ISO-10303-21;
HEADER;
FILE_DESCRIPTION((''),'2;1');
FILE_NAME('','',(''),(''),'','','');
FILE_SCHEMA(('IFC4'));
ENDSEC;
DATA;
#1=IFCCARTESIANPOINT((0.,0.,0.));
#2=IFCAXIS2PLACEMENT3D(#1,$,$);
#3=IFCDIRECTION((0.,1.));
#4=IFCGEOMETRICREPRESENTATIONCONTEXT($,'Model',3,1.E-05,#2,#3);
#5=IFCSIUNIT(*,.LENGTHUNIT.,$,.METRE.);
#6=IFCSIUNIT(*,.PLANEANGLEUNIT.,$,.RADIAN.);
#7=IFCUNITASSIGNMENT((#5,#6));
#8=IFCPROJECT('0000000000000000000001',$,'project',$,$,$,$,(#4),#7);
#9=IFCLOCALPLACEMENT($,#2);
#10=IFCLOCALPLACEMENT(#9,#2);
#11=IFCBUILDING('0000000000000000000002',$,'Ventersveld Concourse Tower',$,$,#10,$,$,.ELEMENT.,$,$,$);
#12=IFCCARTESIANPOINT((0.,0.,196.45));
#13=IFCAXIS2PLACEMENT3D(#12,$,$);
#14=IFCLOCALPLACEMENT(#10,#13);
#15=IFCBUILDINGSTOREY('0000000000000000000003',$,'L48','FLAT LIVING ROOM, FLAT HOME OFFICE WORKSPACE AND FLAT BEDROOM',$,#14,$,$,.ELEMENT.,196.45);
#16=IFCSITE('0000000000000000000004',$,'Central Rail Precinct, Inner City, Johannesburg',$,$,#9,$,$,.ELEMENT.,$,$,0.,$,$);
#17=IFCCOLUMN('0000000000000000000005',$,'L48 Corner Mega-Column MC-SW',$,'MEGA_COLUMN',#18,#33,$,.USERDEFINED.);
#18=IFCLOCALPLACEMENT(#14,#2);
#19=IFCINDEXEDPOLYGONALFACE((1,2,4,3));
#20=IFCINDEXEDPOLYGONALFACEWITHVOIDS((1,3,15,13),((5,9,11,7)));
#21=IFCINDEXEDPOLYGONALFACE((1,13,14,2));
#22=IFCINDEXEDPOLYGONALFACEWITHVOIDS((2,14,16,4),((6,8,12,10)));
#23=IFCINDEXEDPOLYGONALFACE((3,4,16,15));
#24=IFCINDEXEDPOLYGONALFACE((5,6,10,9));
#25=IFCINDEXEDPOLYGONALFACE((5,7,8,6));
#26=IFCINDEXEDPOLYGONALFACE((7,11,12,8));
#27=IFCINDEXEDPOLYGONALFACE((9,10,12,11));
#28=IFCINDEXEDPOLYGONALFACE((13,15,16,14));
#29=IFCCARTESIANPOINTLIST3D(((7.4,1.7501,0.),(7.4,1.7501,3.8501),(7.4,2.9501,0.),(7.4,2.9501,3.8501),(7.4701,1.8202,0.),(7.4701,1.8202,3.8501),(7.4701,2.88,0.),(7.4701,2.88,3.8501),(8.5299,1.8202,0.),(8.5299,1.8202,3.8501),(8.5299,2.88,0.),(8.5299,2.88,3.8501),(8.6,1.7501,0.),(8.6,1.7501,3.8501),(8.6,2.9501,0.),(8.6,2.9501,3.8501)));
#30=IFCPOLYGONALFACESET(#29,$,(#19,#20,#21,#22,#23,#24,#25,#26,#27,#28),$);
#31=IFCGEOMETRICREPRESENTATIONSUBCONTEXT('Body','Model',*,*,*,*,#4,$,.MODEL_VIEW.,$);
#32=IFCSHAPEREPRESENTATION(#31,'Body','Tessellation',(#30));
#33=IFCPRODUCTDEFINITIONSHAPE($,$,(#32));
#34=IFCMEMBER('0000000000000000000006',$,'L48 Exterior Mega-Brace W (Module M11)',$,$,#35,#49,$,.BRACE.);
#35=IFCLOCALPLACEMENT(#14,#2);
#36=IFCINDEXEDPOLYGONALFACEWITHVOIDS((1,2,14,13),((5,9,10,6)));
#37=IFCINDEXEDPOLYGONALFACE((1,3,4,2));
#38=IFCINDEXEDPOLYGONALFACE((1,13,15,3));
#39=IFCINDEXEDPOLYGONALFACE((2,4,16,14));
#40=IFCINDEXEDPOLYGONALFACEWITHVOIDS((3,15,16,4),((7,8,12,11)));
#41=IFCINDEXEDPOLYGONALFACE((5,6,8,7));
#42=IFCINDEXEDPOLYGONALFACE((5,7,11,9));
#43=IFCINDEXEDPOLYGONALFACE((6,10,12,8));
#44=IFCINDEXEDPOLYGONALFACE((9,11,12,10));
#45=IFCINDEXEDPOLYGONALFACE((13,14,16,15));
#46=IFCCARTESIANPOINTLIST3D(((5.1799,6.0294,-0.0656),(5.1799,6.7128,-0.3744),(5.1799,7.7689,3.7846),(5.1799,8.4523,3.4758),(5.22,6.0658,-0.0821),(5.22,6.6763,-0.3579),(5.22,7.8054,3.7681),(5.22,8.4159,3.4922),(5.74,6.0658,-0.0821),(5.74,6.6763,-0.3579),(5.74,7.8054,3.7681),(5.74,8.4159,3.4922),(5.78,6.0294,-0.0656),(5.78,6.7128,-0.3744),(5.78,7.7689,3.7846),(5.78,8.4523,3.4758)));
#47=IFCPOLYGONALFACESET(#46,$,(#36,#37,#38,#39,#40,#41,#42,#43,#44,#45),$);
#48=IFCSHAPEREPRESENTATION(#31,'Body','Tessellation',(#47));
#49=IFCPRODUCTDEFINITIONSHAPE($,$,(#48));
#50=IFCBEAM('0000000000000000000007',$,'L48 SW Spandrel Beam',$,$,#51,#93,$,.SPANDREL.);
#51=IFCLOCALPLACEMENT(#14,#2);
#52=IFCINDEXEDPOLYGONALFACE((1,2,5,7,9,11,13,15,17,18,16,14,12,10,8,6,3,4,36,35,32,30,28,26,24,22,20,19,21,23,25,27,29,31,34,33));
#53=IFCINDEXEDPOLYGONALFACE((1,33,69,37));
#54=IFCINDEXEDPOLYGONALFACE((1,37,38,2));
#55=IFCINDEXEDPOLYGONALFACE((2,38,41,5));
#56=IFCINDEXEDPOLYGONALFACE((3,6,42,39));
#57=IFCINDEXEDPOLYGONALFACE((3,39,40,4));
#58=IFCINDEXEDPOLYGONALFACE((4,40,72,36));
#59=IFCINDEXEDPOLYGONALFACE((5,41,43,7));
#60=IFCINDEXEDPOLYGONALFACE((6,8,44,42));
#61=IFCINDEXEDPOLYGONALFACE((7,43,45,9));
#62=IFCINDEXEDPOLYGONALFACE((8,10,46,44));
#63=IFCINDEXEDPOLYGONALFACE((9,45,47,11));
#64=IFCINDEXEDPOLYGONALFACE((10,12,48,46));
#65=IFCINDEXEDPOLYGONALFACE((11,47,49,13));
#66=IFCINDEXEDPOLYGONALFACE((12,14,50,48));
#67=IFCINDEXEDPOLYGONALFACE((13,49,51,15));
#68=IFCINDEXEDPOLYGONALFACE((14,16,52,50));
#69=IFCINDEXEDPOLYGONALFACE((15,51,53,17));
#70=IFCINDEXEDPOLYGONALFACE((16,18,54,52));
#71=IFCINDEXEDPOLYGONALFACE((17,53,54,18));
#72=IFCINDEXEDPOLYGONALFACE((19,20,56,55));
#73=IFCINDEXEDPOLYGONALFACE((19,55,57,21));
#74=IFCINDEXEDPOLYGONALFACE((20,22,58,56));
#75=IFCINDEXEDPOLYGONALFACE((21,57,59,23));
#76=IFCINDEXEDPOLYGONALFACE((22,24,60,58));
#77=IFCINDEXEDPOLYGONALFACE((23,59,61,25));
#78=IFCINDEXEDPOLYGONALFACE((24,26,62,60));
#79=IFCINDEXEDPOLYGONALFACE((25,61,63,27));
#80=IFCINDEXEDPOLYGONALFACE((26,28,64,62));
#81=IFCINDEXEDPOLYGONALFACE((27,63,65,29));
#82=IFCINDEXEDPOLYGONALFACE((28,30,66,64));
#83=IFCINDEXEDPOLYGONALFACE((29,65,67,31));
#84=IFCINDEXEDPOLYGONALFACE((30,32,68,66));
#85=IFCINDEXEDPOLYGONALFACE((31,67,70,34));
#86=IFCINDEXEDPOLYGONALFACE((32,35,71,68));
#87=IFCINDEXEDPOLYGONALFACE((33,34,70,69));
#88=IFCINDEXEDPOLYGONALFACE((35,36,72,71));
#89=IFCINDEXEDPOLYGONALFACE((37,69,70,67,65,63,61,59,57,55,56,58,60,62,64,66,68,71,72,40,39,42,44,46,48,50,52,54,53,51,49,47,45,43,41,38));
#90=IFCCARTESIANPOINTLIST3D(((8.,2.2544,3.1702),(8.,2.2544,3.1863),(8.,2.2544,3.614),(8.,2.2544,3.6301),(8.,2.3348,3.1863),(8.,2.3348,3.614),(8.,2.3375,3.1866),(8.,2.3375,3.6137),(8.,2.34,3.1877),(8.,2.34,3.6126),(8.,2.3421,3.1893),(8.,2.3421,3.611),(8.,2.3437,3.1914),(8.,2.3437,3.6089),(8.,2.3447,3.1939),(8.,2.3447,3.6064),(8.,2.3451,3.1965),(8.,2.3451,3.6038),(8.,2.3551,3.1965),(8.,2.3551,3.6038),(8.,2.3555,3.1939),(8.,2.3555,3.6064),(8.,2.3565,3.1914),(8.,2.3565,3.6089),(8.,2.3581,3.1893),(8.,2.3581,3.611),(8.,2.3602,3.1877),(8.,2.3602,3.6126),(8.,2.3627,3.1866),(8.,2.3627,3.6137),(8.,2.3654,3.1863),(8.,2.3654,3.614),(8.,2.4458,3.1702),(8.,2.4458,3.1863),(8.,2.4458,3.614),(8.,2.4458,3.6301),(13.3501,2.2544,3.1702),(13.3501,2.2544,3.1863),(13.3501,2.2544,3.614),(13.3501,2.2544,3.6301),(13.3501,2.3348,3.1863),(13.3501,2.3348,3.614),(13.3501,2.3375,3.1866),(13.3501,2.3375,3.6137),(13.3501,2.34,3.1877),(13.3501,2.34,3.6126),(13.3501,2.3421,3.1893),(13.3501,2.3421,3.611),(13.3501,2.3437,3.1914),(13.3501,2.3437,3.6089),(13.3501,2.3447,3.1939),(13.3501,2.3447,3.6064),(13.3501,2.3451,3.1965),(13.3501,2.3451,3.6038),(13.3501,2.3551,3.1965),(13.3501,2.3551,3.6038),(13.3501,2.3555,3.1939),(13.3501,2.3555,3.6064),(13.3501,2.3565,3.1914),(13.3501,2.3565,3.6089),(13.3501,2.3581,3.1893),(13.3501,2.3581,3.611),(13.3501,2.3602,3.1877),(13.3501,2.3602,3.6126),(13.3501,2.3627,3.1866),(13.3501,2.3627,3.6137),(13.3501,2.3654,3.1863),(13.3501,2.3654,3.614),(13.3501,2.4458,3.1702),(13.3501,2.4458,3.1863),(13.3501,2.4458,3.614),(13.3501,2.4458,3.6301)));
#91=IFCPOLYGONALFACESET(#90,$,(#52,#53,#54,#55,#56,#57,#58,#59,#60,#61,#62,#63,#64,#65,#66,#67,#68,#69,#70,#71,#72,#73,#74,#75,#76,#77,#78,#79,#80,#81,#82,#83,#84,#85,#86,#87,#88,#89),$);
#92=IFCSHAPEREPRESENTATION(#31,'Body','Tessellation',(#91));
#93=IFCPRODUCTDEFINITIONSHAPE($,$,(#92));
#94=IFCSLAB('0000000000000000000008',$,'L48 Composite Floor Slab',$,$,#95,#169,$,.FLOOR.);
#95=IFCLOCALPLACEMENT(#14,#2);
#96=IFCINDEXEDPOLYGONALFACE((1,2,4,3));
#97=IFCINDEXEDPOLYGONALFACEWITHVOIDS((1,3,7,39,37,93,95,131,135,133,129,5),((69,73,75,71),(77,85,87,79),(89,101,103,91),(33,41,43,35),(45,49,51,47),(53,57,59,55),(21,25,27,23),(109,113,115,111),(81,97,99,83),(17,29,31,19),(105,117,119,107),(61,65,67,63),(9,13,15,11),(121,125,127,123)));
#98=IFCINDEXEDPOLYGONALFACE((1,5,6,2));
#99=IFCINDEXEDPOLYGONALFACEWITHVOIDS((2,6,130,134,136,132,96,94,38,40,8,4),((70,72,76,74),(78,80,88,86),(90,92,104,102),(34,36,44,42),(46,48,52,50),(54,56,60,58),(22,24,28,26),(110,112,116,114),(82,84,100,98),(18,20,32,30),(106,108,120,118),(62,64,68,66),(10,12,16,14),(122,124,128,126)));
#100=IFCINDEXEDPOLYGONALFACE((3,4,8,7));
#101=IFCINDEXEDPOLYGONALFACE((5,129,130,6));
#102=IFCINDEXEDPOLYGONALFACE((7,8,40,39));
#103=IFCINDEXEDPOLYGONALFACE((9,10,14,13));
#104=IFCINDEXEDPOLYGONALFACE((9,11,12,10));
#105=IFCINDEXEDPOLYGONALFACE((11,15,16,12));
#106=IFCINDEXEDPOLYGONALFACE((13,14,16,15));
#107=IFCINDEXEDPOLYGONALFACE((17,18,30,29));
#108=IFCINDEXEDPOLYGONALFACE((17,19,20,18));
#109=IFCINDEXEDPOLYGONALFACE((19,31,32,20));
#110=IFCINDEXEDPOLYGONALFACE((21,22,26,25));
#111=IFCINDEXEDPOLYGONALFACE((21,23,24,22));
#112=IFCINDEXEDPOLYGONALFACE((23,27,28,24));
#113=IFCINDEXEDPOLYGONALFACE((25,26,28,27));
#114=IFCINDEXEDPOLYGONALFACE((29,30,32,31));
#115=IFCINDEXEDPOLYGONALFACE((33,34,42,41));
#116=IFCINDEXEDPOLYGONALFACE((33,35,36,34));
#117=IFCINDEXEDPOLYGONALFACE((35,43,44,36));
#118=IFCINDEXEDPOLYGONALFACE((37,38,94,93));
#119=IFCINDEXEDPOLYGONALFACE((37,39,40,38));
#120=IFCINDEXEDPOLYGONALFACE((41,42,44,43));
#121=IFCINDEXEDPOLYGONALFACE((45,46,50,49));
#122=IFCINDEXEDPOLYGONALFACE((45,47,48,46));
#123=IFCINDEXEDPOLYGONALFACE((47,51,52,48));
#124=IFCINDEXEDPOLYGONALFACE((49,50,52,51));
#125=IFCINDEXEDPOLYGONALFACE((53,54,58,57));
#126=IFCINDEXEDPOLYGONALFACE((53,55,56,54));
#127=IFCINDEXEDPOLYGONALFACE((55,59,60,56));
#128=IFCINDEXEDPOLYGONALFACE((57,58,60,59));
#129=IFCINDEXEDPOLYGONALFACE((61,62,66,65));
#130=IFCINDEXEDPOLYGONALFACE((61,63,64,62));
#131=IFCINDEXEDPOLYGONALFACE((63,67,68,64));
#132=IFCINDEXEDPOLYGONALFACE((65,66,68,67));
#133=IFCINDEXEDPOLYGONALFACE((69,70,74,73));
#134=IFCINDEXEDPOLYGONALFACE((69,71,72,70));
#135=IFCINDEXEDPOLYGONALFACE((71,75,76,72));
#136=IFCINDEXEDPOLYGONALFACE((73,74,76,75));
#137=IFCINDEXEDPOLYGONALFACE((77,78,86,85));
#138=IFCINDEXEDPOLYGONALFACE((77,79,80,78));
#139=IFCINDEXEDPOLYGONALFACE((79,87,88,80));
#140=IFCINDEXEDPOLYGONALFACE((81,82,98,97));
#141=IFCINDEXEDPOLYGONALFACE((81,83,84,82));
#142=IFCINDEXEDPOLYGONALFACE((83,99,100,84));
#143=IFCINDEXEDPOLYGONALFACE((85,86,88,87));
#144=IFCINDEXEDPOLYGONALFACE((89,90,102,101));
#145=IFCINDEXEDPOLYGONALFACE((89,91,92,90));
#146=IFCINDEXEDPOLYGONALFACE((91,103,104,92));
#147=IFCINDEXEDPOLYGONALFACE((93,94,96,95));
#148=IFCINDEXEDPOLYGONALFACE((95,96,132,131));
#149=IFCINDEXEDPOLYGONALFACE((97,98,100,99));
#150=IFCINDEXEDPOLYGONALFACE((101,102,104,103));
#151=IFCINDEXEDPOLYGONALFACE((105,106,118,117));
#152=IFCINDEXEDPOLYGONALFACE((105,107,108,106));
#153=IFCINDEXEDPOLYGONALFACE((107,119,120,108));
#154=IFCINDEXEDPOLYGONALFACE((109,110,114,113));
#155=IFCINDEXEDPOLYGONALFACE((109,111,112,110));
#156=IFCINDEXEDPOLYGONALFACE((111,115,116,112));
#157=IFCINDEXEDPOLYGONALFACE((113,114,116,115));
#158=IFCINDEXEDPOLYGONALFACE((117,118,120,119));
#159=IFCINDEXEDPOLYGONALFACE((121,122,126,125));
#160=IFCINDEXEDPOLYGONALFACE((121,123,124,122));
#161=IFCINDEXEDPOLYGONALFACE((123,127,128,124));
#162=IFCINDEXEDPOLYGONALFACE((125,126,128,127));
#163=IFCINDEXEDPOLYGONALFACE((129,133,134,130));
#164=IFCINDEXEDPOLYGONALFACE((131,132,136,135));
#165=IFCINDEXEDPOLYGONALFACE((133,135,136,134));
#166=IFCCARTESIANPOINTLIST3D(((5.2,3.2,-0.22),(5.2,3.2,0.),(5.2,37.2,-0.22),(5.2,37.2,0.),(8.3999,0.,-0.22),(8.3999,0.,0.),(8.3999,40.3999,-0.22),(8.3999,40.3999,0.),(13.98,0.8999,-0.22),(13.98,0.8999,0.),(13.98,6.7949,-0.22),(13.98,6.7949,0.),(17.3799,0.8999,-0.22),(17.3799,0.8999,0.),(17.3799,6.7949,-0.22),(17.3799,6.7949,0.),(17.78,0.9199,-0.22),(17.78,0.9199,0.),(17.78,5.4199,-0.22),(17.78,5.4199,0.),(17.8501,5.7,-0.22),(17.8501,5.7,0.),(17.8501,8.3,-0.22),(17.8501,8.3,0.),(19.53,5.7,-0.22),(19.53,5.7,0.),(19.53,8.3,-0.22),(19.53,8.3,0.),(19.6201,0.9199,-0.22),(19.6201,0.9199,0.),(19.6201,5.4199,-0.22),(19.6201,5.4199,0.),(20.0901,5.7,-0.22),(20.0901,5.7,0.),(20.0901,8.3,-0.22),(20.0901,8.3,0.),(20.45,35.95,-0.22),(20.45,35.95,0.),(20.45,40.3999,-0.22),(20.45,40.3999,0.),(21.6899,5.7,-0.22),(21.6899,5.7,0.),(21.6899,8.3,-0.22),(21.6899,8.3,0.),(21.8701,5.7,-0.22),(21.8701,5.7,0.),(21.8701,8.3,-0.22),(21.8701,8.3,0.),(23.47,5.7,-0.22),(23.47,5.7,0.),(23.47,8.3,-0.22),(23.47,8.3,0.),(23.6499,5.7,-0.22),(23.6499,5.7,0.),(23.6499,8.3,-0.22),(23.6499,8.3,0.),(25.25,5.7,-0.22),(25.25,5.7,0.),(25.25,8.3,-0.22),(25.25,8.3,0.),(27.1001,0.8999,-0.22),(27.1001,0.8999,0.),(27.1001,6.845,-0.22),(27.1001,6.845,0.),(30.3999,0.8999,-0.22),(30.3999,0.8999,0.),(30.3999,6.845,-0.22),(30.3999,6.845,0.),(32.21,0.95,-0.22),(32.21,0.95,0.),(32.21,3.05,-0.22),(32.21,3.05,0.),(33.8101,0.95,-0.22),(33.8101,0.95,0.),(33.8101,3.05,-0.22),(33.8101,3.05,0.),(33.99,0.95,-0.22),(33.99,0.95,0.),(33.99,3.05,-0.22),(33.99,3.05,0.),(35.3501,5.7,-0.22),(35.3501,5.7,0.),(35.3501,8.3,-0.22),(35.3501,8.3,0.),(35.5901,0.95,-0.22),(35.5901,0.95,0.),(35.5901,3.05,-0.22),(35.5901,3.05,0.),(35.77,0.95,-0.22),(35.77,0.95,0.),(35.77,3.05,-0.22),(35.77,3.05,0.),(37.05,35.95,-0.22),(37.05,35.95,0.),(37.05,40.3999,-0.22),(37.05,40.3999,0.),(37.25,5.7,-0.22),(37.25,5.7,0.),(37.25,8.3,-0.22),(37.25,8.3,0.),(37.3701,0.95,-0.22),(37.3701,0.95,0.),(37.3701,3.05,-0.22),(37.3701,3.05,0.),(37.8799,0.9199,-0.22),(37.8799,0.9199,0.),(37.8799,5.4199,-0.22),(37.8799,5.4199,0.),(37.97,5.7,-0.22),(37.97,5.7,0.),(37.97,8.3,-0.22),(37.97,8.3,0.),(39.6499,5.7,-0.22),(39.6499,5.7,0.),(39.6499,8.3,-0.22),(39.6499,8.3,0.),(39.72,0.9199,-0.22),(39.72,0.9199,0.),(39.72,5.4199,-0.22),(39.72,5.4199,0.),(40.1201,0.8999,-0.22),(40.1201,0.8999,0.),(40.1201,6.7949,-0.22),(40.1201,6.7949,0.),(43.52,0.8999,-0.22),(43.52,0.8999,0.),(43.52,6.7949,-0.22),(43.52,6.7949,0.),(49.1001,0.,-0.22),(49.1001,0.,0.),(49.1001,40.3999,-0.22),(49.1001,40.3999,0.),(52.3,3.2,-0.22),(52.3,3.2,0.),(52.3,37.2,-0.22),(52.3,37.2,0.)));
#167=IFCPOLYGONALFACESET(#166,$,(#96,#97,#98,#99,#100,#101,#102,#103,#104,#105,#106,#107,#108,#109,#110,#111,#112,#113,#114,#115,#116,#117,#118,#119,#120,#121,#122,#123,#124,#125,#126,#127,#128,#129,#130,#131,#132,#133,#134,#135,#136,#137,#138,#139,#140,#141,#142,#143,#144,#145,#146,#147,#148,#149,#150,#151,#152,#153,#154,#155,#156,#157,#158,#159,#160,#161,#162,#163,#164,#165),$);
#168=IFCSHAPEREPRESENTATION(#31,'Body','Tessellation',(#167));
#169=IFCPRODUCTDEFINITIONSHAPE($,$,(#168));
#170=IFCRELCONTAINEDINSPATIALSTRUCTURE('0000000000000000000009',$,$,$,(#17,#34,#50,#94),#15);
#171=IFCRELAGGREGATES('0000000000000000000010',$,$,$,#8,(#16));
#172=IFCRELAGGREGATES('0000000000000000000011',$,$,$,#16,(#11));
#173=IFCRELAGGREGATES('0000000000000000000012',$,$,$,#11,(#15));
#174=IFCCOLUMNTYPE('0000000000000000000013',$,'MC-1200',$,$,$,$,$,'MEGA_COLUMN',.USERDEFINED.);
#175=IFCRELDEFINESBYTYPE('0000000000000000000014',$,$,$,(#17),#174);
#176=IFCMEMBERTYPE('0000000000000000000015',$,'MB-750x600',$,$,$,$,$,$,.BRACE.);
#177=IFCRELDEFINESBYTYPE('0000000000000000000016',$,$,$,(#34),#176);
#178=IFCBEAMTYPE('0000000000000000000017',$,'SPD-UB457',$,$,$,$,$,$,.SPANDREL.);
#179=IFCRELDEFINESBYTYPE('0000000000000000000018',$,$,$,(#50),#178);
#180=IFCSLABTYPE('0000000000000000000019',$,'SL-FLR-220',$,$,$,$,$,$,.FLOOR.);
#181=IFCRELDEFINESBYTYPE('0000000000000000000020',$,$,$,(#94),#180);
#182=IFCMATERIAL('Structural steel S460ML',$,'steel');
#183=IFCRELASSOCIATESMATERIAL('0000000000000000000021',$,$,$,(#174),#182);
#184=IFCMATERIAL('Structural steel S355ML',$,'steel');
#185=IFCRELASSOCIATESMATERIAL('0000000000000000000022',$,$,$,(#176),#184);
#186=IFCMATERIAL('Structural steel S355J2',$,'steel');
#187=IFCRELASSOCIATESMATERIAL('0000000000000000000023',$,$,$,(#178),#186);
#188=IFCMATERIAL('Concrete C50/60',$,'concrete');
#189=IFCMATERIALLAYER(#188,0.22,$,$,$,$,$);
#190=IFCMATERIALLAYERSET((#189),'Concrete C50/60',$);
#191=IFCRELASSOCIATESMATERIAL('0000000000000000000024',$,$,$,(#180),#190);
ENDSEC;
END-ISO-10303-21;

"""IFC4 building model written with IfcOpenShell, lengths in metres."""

from ifc_helpers import new_model, si_unit, direction, frame, origin, origin_2d, place, context, subcontext, project, spatial, polyline, hollow_rectangle, i_section, outline, extrude, material, layer, layer_set, material_profile, profile_set, type_object, element, save


model = new_model("IFC4")

# Units and contexts
model_context = context("Model", 3, precision=1e-05, world=origin(), true_north=direction((0.0, 1.0)))
body_context = subcontext(model_context, "Body", "Model", "MODEL_VIEW")
ifc_project = project(units=[si_unit("LENGTHUNIT", "METRE"), si_unit("PLANEANGLEUNIT", "RADIAN")], contexts=[model_context])

# Site, building, storey
site_placement = place(None, origin())
site = spatial("IfcSite", under=ifc_project, at=site_placement, Name="Central Rail Precinct, Inner City, Johannesburg", CompositionType="ELEMENT", RefElevation=0.0)
building_placement = place(site_placement, origin())
building = spatial("IfcBuilding", under=site, at=building_placement, Name="Ventersveld Concourse Tower", CompositionType="ELEMENT")
storey_placement = place(building_placement, frame((0.0, 0.0, 196.45)))
storey = spatial("IfcBuildingStorey", under=building, at=storey_placement, Name="L48", Description="FLAT LIVING ROOM, FLAT HOME OFFICE WORKSPACE AND FLAT BEDROOM", CompositionType="ELEMENT", Elevation=196.45)

# Column
ifc_material_1 = material(Name="Structural steel S460ML", Category="steel")
ifc_material_profile_1 = material_profile(ifc_material_1, hollow_rectangle(XDim=1.2, YDim=1.2, WallThickness=0.0701, at=origin_2d()), Name="BOX 1200x1200x70")
ifc_profile_set_1 = profile_set([ifc_material_profile_1], Name="Structural steel S460ML")
column_type = type_object("IfcColumnType", Name="MC-1200", ElementType="MEGA_COLUMN", PredefinedType="USERDEFINED", material=ifc_profile_set_1)
column_placement = place(storey_placement, frame((8.0, 2.3501, 0.0), z_axis=(0.0, 0.0, 1.0), x_axis=(1.0, 0.0, 0.0)))
element("IfcColumn", 1, at=column_placement, inside=storey, type_object=column_type, Name="L48 Corner Mega-Column MC-SW", ObjectType="MEGA_COLUMN", PredefinedType="USERDEFINED", context=body_context, shape_type="SweptSolid", body=[
    extrude(hollow_rectangle(XDim=1.2, YDim=1.2, WallThickness=0.0701, at=origin_2d()), origin(), (0.0, 0.0, 1.0), 3.8501),
])

# Member
ifc_material_2 = material(Name="Structural steel S355ML", Category="steel")
ifc_material_profile_2 = material_profile(ifc_material_2, hollow_rectangle(XDim=0.6001, YDim=0.75, WallThickness=0.04, at=origin_2d()), Name="BOX 750x600x40")
ifc_profile_set_2 = profile_set([ifc_material_profile_2], Name="Structural steel S355ML")
member_type = type_object("IfcMemberType", Name="MB-750x600", PredefinedType="BRACE", material=ifc_profile_set_2)
member_placement = place(storey_placement, frame((5.48, 6.3711, -0.22), z_axis=(0.0, 0.411734, 0.911304), x_axis=(-1.0, 0.0, 0.0)))
element("IfcMember", 2, at=member_placement, inside=storey, type_object=member_type, Name="L48 Exterior Mega-Brace W (Module M11)", PredefinedType="BRACE", context=body_context, shape_type="SweptSolid", body=[
    extrude(hollow_rectangle(XDim=0.6001, YDim=0.75, WallThickness=0.04, at=origin_2d()), origin(), (0.0, 0.0, 1.0), 4.2249),
])

# Beam
ifc_material_3 = material(Name="Structural steel S355J2", Category="steel")
ifc_material_profile_3 = material_profile(ifc_material_3, i_section(OverallWidth=0.1914, OverallDepth=0.46, WebThickness=0.01, FlangeThickness=0.0161, FilletRadius=0.0103, at=origin_2d()), Name="UB 457x191x82")
ifc_profile_set_3 = profile_set([ifc_material_profile_3], Name="Structural steel S355J2")
beam_type = type_object("IfcBeamType", Name="SPD-UB457", PredefinedType="SPANDREL", material=ifc_profile_set_3)
beam_placement = place(storey_placement, frame((8.0, 2.3501, 3.4001), z_axis=(1.0, 0.0, 0.0), x_axis=(0.0, 1.0, 0.0)))
element("IfcBeam", 3, at=beam_placement, inside=storey, type_object=beam_type, Name="L48 SW Spandrel Beam", PredefinedType="SPANDREL", context=body_context, shape_type="SweptSolid", body=[
    extrude(i_section(OverallWidth=0.1914, OverallDepth=0.46, WebThickness=0.01, FlangeThickness=0.0161, FilletRadius=0.0103, at=origin_2d()), origin(), (0.0, 0.0, 1.0), 5.3501),
])

# Slab
ifc_material_4 = material(Name="Concrete C50/60", Category="concrete")
ifc_layer_1 = layer(ifc_material_4, 0.22)
ifc_layer_set_1 = layer_set([ifc_layer_1], Name="Concrete C50/60")
slab_type_1 = type_object("IfcSlabType", Name="SL-FLR-220", PredefinedType="FLOOR", material=ifc_layer_set_1)
slab_1_placement = place(storey_placement, frame((0.0, 0.0, -0.22)))
element("IfcSlab", 4, at=slab_1_placement, inside=storey, type_object=slab_type_1, Name="L48 Composite Floor Slab", PredefinedType="FLOOR", context=body_context, shape_type="SweptSolid", body=[
    extrude(outline(polyline([(8.3999, 0.0), (49.1001, 0.0), (52.3, 3.2), (52.3, 37.2), (49.1001, 40.3999), (37.05, 40.3999), (37.05, 35.95), (20.45, 35.95), (20.45, 40.3999), (8.3999, 40.3999), (5.2, 37.2), (5.2, 3.2), (8.3999, 0.0)]), holes=[polyline([(13.98, 6.7949), (13.98, 0.8999), (17.3799, 0.8999), (17.3799, 6.7949), (13.98, 6.7949)]), polyline([(40.1201, 6.7949), (40.1201, 0.8999), (43.52, 0.8999), (43.52, 6.7949), (40.1201, 6.7949)]), polyline([(27.1001, 6.845), (27.1001, 0.8999), (30.3999, 0.8999), (30.3999, 6.845), (27.1001, 6.845)]), polyline([(17.8501, 5.7), (19.53, 5.7), (19.53, 8.3), (17.8501, 8.3), (17.8501, 5.7)]), polyline([(37.97, 5.7), (39.6499, 5.7), (39.6499, 8.3), (37.97, 8.3), (37.97, 5.7)]), polyline([(35.3501, 5.7), (37.25, 5.7), (37.25, 8.3), (35.3501, 8.3), (35.3501, 5.7)]), polyline([(32.21, 0.95), (33.8101, 0.95), (33.8101, 3.05), (32.21, 3.05), (32.21, 0.95)]), polyline([(33.99, 0.95), (35.5901, 0.95), (35.5901, 3.05), (33.99, 3.05), (33.99, 0.95)]), polyline([(35.77, 0.95), (37.3701, 0.95), (37.3701, 3.05), (35.77, 3.05), (35.77, 0.95)]), polyline([(20.0901, 5.7), (21.6899, 5.7), (21.6899, 8.3), (20.0901, 8.3), (20.0901, 5.7)]), polyline([(21.8701, 5.7), (23.47, 5.7), (23.47, 8.3), (21.8701, 8.3), (21.8701, 5.7)]), polyline([(23.6499, 5.7), (25.25, 5.7), (25.25, 8.3), (23.6499, 8.3), (23.6499, 5.7)]), polyline([(17.78, 0.9199), (19.6201, 0.9199), (19.6201, 5.4199), (17.78, 5.4199), (17.78, 0.9199)]), polyline([(37.8799, 0.9199), (39.72, 0.9199), (39.72, 5.4199), (37.8799, 5.4199), (37.8799, 0.9199)])]), origin(), (0.0, 0.0, 1.0), 0.22),
])

save(model, "model.ifc")
